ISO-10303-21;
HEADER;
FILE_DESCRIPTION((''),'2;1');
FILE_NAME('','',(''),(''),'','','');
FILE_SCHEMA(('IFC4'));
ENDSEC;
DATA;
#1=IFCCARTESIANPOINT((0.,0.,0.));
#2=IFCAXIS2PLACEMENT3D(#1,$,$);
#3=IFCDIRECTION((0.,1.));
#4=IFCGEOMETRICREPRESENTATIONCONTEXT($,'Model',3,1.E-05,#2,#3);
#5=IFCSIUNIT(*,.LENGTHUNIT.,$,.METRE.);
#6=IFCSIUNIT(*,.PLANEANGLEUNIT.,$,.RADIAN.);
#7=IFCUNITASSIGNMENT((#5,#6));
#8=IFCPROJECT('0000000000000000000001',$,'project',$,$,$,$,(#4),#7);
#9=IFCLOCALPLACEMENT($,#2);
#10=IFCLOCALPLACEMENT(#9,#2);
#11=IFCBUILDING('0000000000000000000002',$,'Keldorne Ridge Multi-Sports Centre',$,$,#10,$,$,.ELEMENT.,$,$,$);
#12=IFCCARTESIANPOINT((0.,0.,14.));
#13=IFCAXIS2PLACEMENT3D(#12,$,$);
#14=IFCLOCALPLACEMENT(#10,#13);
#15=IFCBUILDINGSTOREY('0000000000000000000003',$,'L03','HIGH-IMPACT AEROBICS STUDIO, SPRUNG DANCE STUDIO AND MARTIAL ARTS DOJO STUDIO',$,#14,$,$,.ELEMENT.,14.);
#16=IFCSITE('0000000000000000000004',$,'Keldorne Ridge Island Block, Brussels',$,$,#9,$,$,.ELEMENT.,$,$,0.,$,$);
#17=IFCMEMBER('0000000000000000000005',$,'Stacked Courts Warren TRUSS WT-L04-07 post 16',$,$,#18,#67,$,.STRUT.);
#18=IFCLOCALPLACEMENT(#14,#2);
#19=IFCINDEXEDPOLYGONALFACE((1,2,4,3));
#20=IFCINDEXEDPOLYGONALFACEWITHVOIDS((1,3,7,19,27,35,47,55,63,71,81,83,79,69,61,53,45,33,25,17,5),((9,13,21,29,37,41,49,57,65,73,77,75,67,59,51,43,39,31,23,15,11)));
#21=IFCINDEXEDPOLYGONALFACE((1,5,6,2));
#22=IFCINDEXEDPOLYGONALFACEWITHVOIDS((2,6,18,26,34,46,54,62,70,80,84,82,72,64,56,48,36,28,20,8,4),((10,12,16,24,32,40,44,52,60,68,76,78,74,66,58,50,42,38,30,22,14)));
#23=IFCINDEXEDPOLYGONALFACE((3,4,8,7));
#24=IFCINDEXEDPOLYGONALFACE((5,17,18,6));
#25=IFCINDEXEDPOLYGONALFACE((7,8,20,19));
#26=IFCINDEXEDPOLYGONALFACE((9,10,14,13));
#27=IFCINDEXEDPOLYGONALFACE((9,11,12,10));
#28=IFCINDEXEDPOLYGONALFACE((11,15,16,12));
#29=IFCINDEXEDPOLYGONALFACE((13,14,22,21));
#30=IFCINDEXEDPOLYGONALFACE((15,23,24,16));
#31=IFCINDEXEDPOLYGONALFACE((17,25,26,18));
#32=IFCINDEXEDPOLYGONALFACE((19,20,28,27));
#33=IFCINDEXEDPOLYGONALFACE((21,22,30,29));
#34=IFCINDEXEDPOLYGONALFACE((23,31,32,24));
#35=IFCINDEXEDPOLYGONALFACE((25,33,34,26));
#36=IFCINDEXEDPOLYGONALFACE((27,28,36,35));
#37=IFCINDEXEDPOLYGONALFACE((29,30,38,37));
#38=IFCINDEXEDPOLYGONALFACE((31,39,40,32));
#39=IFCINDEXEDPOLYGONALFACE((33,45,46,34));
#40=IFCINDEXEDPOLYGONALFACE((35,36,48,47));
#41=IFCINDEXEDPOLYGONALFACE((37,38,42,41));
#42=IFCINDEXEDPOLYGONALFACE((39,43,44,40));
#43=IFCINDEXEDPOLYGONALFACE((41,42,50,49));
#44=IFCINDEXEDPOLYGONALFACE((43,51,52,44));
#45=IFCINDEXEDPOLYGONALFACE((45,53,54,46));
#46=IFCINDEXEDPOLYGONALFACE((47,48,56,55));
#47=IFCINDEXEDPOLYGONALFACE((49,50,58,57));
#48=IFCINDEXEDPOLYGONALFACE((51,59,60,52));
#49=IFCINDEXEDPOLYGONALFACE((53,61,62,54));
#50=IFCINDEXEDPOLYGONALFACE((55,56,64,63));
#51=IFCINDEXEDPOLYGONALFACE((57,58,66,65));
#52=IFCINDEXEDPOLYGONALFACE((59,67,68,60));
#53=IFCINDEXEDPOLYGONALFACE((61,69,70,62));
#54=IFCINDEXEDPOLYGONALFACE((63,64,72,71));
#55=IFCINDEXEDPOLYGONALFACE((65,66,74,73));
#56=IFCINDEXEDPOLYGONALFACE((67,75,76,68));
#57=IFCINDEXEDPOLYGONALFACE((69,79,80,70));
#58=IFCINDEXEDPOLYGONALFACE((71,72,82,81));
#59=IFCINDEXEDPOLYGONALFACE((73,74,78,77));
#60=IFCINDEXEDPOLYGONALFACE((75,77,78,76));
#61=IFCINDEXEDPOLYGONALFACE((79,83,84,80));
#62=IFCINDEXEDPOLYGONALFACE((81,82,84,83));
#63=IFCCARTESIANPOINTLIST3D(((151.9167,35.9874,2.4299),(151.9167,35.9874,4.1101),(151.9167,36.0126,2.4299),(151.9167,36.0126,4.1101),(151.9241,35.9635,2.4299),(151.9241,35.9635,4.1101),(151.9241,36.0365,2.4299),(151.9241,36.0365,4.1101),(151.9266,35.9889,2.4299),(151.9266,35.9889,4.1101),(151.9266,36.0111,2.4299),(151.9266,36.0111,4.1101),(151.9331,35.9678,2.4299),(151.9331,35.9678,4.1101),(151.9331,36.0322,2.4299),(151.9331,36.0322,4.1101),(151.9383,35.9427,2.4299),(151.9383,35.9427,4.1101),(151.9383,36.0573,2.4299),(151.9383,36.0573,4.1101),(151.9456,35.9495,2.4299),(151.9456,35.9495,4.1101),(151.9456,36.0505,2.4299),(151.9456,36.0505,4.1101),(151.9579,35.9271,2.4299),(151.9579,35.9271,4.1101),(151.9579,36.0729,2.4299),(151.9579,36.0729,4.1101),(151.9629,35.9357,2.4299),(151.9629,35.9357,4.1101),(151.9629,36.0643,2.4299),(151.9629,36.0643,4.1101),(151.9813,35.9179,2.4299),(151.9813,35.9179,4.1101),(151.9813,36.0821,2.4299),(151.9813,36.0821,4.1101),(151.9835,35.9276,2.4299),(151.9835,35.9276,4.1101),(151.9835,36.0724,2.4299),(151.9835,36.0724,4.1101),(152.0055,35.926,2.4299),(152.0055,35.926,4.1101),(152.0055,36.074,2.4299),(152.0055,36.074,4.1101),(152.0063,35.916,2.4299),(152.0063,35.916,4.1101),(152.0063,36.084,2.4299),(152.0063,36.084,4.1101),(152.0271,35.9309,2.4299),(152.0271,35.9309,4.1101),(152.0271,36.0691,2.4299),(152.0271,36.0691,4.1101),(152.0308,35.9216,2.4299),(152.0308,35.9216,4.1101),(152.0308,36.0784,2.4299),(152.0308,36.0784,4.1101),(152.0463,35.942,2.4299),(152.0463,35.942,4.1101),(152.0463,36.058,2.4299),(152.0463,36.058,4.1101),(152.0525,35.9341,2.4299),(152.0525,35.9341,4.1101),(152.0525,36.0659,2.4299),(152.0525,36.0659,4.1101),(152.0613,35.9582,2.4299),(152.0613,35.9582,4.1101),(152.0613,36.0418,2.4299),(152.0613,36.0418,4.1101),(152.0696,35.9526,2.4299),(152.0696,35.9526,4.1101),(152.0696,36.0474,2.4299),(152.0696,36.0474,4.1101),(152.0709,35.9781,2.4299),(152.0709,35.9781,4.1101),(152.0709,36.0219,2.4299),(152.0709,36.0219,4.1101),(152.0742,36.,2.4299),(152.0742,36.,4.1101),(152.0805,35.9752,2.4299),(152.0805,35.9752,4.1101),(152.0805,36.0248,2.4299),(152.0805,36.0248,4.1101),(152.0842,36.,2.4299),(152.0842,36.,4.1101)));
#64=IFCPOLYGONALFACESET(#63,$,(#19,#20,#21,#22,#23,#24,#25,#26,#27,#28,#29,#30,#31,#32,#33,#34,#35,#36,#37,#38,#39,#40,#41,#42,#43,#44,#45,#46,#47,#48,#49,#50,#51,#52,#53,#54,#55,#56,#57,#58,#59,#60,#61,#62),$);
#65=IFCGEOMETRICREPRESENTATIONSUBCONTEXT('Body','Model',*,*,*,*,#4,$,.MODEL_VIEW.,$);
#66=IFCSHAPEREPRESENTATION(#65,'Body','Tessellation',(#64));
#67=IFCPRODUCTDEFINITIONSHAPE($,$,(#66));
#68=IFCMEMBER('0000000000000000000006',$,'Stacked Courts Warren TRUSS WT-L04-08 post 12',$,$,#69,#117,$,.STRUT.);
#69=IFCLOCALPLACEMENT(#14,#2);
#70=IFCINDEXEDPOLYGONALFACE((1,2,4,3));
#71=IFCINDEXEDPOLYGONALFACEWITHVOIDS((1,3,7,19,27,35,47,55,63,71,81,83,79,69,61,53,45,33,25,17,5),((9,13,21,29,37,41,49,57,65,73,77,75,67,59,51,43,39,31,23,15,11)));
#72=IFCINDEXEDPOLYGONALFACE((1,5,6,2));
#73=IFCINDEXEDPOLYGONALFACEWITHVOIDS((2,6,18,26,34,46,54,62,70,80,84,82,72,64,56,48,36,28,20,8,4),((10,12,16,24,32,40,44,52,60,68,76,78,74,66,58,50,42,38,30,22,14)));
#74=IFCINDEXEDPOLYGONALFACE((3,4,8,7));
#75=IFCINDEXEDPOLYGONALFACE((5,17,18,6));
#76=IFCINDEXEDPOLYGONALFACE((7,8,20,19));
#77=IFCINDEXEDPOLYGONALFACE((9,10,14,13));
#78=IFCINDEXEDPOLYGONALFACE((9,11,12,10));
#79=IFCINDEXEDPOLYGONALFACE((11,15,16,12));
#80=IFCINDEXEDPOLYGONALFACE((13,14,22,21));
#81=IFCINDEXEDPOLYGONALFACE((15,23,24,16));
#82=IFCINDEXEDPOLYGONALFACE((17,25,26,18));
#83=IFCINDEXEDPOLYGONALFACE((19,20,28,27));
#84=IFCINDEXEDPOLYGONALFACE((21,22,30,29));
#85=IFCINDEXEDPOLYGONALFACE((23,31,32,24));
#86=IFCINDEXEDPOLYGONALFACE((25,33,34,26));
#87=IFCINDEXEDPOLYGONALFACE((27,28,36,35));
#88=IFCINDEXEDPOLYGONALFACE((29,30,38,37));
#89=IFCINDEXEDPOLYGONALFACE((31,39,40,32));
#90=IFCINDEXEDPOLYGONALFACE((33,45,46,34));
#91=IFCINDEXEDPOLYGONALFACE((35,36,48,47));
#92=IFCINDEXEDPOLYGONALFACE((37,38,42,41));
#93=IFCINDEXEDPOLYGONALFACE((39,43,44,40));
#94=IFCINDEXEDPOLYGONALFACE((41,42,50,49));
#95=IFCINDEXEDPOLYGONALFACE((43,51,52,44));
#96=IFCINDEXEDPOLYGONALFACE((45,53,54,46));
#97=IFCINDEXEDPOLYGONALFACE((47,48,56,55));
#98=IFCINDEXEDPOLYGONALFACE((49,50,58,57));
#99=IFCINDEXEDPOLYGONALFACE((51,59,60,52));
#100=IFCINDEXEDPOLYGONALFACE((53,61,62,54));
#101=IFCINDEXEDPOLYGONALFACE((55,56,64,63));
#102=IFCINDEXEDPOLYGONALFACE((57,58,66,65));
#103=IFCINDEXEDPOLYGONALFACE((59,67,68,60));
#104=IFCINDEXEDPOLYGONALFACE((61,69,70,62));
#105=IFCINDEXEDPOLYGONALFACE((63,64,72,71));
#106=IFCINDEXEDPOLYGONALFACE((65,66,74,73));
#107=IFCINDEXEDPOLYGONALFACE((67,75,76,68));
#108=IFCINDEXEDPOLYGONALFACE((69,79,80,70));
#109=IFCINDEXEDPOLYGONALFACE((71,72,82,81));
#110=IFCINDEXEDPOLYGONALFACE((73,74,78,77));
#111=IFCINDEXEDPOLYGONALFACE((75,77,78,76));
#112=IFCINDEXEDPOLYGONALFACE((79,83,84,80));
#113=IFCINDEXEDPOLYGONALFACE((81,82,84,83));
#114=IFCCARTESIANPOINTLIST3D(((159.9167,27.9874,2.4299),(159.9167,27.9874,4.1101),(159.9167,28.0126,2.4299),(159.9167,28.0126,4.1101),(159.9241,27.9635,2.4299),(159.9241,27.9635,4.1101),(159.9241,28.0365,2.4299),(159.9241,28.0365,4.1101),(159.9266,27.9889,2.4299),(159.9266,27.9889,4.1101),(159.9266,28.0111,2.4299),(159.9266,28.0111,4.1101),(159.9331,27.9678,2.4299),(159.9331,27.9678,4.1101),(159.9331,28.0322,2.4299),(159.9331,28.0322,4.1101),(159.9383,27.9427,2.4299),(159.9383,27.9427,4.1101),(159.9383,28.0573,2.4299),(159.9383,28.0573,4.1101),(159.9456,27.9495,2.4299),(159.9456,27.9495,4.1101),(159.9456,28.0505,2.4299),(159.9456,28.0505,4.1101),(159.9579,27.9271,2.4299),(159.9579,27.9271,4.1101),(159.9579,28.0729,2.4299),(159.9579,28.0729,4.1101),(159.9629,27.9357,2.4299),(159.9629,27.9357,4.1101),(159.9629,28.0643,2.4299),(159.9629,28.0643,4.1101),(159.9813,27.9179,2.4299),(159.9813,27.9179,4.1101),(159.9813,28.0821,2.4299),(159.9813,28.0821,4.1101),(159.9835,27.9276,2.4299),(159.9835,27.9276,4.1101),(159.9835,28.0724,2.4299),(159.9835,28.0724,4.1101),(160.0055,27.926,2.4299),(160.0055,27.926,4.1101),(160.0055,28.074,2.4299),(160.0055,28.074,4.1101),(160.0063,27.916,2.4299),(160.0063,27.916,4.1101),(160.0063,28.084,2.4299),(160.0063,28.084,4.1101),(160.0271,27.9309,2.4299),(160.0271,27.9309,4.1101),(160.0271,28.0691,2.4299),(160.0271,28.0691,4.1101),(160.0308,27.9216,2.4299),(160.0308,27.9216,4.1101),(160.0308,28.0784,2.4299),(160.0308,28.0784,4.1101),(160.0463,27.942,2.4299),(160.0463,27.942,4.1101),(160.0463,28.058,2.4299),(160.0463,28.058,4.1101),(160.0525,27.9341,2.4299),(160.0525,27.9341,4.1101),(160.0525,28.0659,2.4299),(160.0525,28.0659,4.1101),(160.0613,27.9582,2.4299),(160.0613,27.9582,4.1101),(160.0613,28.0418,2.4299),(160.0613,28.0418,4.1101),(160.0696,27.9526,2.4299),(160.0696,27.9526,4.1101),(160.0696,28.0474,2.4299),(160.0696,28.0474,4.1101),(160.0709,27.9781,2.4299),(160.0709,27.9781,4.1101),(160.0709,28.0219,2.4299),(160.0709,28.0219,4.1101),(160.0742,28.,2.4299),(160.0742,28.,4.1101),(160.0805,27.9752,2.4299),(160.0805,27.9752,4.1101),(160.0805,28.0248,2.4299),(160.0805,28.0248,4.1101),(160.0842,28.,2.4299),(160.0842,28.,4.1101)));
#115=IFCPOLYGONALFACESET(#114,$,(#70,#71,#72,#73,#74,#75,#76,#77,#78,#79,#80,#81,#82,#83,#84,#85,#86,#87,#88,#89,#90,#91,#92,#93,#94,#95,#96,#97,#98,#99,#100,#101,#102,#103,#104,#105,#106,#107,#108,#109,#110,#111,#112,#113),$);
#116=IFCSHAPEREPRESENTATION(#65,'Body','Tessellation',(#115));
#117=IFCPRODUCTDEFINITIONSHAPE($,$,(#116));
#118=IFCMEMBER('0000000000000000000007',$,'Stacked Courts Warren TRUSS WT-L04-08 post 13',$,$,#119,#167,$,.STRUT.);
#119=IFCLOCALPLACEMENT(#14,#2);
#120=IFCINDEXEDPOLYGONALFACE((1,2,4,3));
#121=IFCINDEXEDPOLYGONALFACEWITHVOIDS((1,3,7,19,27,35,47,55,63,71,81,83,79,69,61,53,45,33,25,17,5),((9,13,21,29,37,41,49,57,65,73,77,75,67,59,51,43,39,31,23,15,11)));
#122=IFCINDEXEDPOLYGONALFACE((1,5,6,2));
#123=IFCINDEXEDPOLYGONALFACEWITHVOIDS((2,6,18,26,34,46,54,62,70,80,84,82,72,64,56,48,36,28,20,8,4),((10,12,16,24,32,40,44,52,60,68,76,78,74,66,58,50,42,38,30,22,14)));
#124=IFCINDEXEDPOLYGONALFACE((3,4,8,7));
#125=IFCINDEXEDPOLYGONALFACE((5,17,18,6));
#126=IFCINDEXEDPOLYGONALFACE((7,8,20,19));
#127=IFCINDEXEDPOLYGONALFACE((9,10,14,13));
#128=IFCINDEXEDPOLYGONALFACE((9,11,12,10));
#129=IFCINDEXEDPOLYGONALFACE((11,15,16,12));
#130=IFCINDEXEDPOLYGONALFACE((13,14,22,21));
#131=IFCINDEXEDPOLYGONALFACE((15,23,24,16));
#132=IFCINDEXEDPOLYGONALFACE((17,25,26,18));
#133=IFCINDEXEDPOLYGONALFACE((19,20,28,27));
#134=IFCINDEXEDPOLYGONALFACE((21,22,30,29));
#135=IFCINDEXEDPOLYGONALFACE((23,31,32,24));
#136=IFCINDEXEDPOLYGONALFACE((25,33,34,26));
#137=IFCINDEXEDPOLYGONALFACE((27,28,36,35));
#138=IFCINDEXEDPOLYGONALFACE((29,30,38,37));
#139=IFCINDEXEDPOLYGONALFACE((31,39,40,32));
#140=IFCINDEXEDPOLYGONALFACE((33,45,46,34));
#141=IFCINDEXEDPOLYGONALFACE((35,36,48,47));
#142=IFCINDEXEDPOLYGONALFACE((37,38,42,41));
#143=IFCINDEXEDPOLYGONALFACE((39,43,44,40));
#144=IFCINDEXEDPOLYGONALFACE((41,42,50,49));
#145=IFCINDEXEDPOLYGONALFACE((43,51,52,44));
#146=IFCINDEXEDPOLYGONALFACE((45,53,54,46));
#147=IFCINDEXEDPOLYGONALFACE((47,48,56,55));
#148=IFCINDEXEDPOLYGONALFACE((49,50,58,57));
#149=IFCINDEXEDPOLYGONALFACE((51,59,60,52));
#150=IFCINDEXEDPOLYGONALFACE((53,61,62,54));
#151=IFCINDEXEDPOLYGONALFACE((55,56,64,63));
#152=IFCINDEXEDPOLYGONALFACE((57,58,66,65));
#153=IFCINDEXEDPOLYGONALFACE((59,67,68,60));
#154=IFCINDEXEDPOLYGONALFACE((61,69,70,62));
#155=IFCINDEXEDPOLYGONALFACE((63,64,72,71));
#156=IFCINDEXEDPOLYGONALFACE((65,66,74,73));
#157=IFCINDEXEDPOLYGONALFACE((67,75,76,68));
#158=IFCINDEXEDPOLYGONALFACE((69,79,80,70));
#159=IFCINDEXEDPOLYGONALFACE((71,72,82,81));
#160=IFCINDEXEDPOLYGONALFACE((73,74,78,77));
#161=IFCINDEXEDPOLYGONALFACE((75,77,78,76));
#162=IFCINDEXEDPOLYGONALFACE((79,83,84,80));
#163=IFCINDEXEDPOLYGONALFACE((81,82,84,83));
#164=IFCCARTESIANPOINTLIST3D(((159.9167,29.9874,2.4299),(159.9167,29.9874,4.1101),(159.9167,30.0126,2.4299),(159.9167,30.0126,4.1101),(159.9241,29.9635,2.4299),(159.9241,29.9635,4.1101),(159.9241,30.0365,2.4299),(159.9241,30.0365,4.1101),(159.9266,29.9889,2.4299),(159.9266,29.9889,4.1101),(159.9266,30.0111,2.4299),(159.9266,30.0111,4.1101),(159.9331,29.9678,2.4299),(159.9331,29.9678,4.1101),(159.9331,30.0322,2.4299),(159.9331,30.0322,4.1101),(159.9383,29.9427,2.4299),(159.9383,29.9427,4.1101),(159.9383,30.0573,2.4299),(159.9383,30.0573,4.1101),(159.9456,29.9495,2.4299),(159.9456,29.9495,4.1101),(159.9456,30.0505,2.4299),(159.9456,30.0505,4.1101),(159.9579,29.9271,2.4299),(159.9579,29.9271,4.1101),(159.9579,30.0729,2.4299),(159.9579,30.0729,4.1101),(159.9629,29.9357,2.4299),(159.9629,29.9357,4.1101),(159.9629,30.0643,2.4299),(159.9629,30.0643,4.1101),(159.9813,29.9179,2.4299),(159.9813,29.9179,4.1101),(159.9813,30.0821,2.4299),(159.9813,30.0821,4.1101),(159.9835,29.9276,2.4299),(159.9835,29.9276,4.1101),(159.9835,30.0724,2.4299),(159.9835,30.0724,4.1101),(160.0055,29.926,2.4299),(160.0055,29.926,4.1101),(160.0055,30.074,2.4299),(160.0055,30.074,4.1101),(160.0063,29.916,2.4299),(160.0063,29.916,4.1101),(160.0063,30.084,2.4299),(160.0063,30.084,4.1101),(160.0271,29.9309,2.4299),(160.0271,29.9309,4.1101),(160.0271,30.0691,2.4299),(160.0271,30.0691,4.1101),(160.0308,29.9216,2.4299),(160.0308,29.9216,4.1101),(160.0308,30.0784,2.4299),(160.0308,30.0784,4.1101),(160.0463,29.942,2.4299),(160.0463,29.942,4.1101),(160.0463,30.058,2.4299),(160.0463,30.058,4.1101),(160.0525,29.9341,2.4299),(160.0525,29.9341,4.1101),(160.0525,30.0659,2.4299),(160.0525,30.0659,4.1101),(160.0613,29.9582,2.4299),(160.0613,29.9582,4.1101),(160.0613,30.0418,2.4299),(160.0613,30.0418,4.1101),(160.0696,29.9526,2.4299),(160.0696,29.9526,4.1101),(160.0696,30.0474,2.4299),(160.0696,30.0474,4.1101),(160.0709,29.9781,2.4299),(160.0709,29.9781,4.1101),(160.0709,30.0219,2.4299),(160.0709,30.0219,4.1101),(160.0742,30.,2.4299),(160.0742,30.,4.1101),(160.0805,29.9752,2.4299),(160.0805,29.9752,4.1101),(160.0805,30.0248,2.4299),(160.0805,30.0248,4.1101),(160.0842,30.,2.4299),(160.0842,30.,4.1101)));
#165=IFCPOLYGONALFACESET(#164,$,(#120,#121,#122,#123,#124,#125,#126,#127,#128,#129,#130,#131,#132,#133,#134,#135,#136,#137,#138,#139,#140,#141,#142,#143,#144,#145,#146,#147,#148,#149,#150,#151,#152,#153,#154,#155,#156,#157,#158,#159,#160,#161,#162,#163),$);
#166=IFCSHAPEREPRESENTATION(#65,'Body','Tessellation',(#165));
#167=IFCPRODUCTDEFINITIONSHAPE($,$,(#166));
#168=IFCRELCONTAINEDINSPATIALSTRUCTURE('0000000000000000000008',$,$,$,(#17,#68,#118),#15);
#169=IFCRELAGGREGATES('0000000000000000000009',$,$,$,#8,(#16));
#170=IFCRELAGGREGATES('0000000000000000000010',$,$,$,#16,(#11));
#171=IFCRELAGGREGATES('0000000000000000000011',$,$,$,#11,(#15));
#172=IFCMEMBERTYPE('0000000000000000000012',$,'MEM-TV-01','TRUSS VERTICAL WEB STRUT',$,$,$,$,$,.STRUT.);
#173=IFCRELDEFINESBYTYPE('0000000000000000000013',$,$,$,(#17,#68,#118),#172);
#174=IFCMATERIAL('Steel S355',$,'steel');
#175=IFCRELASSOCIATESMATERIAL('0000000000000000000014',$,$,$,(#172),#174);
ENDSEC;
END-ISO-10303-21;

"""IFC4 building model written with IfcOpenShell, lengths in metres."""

from ifc_helpers import new_model, si_unit, direction, frame, origin, origin_2d, place, context, subcontext, project, spatial, hollow_circle, extrude, material, material_profile, profile_set, type_object, element, save


model = new_model("IFC4")

# Units and contexts
model_context = context("Model", 3, precision=1e-05, world=origin(), true_north=direction((0.0, 1.0)))
body_context = subcontext(model_context, "Body", "Model", "MODEL_VIEW")
ifc_project = project(units=[si_unit("LENGTHUNIT", "METRE"), si_unit("PLANEANGLEUNIT", "RADIAN")], contexts=[model_context])

# Site, building, storey
site_placement = place(None, origin())
site = spatial("IfcSite", under=ifc_project, at=site_placement, Name="Keldorne Ridge Island Block, Brussels", CompositionType="ELEMENT", RefElevation=0.0)
building_placement = place(site_placement, origin())
building = spatial("IfcBuilding", under=site, at=building_placement, Name="Keldorne Ridge Multi-Sports Centre", CompositionType="ELEMENT")
storey_placement = place(building_placement, frame((0.0, 0.0, 14.0)))
storey = spatial("IfcBuildingStorey", under=building, at=storey_placement, Name="L03", Description="HIGH-IMPACT AEROBICS STUDIO, SPRUNG DANCE STUDIO AND MARTIAL ARTS DOJO STUDIO", CompositionType="ELEMENT", Elevation=14.0)

# Members
ifc_material = material(Name="Steel S355", Category="steel")
ifc_material_profile_1 = material_profile(ifc_material, hollow_circle(Radius=0.0842, WallThickness=0.01, at=origin_2d()), Name="CHS 168.3x10")
ifc_profile_set_1 = profile_set([ifc_material_profile_1], Name="Steel S355")
member_type_1 = type_object("IfcMemberType", Name="MEM-TV-01", Description="TRUSS VERTICAL WEB STRUT", PredefinedType="STRUT", material=ifc_profile_set_1)
for number, where, z_axis, x_axis, name in (
    (1, (152.0, 36.0, 2.4299), (0.0, 0.0, 1.0), (1.0, 0.0, 0.0), "Stacked Courts Warren TRUSS WT-L04-07 post 16"),
    (2, (160.0, 28.0, 2.4299), (0.0, 0.0, 1.0), (1.0, 0.0, 0.0), "Stacked Courts Warren TRUSS WT-L04-08 post 12"),
    (3, (160.0, 30.0, 2.4299), (0.0, 0.0, 1.0), (1.0, 0.0, 0.0), "Stacked Courts Warren TRUSS WT-L04-08 post 13"),
):
    element("IfcMember", number, at=place(storey_placement, frame(where, z_axis=z_axis, x_axis=x_axis)), inside=storey, type_object=member_type_1, Name=name, PredefinedType="STRUT", context=body_context, shape_type="SweptSolid", body=[
        extrude(hollow_circle(Radius=0.0842, WallThickness=0.01, at=origin_2d()), origin(), (0.0, 0.0, 1.0), 1.6802),
    ])

save(model, "model.ifc")
